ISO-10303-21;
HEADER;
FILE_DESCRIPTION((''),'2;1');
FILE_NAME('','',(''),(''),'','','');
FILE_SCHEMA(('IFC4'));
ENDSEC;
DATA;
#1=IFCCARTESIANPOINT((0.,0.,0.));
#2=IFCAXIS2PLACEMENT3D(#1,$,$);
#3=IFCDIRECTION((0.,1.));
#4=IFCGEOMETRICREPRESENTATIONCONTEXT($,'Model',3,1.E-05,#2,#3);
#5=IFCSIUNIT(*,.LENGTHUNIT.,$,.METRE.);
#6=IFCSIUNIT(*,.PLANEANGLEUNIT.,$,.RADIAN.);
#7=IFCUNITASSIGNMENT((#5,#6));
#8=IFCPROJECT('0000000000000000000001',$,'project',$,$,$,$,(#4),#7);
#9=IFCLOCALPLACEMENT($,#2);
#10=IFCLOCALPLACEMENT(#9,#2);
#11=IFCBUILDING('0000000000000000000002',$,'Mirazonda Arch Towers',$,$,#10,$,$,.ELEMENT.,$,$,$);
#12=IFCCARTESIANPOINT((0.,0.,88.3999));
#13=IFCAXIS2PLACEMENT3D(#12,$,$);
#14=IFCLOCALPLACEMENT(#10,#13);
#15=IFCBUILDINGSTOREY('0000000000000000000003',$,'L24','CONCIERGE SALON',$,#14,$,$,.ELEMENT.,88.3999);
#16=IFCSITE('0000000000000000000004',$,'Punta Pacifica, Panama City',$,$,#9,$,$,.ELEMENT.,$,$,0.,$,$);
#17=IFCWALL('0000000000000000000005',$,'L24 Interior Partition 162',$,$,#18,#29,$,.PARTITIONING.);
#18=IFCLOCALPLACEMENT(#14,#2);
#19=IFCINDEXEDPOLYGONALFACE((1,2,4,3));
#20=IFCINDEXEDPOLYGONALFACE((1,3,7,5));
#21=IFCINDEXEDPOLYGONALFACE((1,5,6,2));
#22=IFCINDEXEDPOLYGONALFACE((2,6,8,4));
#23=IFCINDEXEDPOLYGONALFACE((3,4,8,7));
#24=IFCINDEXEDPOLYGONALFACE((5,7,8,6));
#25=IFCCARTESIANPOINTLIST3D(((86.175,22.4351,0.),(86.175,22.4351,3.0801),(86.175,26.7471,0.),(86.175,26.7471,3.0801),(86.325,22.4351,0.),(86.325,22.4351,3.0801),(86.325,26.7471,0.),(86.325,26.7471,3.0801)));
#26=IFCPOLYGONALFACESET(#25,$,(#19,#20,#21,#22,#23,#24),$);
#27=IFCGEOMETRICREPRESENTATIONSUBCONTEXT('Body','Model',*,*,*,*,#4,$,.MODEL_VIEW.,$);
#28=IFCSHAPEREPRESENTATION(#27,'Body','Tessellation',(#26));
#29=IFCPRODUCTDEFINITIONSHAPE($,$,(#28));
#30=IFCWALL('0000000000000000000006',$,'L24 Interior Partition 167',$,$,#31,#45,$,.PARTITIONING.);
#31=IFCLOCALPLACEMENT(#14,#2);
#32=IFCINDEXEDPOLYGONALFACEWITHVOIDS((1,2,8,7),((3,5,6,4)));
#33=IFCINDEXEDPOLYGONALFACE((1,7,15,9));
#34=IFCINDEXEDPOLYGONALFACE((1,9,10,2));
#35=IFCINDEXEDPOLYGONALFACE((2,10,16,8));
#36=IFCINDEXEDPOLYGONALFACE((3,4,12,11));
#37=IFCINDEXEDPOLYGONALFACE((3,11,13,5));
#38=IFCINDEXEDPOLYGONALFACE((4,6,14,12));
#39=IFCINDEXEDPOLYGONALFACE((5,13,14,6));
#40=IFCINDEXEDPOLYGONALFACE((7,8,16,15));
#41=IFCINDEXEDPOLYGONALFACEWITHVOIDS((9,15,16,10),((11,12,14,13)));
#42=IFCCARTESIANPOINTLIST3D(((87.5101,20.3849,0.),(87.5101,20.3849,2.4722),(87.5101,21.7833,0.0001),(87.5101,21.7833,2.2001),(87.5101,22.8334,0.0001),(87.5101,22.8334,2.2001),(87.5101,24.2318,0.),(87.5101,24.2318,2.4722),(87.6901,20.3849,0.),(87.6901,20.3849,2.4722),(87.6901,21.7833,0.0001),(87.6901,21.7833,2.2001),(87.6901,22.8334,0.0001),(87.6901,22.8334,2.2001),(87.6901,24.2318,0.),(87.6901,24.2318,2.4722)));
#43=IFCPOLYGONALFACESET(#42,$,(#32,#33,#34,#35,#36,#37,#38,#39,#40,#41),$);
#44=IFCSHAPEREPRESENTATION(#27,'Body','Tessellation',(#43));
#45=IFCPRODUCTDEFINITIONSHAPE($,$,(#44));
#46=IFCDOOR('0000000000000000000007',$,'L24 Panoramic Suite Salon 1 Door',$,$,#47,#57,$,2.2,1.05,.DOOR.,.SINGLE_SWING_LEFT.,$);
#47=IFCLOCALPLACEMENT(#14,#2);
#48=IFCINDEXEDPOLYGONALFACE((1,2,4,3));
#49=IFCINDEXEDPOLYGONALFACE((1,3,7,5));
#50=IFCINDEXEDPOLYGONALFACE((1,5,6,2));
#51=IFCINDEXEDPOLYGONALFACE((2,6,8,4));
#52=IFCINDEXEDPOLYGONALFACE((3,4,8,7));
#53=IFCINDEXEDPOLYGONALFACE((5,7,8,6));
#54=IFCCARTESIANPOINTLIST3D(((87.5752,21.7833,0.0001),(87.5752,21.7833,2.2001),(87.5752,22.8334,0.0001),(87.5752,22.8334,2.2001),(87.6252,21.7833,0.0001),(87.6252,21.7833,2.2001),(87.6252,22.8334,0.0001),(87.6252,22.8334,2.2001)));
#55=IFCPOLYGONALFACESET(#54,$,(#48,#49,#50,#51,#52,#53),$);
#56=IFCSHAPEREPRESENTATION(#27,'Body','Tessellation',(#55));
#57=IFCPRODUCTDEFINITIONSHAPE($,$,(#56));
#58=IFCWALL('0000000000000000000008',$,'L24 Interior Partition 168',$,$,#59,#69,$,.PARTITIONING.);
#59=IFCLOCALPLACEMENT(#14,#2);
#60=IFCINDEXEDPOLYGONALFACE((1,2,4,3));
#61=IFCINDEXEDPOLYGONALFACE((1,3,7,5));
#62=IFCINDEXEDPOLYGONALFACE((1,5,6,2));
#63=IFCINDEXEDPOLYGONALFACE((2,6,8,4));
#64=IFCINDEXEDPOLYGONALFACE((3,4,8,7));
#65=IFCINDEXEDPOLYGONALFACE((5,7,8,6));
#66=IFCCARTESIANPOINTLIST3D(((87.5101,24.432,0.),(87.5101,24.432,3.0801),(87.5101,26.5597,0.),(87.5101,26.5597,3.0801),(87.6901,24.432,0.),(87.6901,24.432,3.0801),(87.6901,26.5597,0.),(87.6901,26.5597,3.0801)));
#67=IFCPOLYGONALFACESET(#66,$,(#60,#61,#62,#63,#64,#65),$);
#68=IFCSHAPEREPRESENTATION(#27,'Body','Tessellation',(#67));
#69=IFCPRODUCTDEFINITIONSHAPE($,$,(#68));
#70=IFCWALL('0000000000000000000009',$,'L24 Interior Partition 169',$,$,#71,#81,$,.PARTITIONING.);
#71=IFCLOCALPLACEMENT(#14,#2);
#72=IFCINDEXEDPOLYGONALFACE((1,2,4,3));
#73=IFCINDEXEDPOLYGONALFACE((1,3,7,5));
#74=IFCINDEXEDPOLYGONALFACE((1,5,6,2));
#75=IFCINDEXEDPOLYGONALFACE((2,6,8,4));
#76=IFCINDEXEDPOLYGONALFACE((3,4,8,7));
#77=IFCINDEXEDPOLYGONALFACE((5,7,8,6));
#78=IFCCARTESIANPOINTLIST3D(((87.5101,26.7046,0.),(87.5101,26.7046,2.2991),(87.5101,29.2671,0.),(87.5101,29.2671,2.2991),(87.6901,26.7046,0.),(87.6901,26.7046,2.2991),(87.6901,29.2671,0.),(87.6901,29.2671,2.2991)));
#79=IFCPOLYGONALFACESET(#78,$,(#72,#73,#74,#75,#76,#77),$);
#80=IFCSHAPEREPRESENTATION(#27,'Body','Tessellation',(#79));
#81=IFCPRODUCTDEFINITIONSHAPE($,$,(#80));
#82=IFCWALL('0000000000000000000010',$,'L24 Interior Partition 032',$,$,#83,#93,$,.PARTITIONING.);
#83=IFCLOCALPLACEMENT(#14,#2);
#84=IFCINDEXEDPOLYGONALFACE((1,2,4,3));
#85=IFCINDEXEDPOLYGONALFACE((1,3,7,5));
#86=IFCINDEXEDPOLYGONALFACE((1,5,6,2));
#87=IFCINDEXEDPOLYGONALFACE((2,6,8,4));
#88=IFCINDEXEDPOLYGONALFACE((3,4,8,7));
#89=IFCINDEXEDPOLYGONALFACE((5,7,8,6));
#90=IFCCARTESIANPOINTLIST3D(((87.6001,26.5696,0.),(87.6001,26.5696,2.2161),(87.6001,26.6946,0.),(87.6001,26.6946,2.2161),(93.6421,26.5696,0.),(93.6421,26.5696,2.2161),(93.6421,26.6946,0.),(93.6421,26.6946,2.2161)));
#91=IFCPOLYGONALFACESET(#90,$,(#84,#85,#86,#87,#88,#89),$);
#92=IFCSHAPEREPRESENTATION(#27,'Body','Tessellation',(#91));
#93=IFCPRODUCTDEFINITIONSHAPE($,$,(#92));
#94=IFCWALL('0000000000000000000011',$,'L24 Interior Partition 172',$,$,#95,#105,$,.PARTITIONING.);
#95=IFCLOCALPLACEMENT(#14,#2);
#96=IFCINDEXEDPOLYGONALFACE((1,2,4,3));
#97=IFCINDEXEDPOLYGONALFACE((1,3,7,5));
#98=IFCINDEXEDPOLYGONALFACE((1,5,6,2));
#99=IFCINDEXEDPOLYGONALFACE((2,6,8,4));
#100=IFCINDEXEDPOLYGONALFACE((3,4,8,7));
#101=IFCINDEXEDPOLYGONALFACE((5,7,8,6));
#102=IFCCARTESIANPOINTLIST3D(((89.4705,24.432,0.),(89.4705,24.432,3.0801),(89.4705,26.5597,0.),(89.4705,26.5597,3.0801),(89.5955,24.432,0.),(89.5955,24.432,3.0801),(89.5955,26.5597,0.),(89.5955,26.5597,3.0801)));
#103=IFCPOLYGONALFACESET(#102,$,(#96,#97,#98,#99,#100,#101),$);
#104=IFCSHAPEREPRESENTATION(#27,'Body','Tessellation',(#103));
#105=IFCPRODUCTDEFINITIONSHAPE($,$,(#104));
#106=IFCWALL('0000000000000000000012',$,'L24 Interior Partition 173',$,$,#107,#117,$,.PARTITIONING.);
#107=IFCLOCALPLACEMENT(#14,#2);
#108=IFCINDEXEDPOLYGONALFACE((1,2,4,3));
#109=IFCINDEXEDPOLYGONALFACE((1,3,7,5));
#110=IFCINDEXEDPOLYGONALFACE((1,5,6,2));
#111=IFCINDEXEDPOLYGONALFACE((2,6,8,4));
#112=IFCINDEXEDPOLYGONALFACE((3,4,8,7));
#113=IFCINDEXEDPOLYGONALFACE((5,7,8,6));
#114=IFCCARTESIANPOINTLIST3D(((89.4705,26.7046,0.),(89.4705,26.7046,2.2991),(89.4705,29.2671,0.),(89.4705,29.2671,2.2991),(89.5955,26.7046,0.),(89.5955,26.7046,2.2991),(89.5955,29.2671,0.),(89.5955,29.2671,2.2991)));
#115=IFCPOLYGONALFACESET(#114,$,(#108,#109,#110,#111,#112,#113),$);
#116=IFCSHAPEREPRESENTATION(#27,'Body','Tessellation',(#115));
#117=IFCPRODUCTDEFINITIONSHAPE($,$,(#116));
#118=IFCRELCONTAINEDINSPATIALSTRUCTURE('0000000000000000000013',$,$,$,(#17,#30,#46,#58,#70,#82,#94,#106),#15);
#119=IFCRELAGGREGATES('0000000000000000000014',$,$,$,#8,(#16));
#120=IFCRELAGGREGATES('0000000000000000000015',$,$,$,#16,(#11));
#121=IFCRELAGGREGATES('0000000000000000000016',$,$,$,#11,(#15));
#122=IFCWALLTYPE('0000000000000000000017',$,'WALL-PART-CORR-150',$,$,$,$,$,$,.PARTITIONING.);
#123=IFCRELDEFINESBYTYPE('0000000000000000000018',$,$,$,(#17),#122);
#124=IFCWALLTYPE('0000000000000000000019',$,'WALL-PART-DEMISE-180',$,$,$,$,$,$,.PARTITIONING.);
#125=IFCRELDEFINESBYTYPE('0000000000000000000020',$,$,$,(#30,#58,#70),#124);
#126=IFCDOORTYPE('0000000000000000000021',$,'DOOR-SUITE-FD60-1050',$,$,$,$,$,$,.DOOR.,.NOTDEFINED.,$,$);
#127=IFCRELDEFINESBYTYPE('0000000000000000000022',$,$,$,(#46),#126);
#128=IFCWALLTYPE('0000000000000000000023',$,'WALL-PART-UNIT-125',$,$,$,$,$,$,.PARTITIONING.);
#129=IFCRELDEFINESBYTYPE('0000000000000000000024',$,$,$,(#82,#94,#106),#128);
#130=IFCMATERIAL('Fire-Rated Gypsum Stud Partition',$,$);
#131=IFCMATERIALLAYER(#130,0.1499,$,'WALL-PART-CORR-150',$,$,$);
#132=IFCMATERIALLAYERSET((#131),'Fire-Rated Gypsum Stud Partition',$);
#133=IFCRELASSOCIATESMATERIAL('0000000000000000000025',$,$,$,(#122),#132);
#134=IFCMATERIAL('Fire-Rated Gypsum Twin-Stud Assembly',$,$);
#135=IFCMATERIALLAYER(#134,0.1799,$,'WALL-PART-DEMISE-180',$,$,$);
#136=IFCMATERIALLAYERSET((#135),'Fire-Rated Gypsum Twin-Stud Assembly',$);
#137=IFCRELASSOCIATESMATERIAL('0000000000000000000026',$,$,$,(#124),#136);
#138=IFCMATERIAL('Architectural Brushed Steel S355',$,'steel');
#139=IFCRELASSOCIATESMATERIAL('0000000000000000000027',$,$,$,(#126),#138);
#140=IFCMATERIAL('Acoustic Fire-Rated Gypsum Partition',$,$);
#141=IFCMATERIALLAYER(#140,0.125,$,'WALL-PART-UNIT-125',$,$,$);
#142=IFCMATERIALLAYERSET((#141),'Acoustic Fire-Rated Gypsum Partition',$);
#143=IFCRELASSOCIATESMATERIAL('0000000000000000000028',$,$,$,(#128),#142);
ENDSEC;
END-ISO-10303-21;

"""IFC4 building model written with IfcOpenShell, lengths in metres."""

from ifc_helpers import new_model, si_unit, direction, frame, frame_2d, origin, place, context, subcontext, project, spatial, rectangle, extrude, material, layer, layer_set, type_object, element, fill, save


model = new_model("IFC4")

# Units and contexts
model_context = context("Model", 3, precision=1e-05, world=origin(), true_north=direction((0.0, 1.0)))
body_context = subcontext(model_context, "Body", "Model", "MODEL_VIEW")
ifc_project = project(units=[si_unit("LENGTHUNIT", "METRE"), si_unit("PLANEANGLEUNIT", "RADIAN")], contexts=[model_context])

# Site, building, storey
site_placement = place(None, origin())
site = spatial("IfcSite", under=ifc_project, at=site_placement, Name="Punta Pacifica, Panama City", CompositionType="ELEMENT", RefElevation=0.0)
building_placement = place(site_placement, origin())
building = spatial("IfcBuilding", under=site, at=building_placement, Name="Mirazonda Arch Towers", CompositionType="ELEMENT")
storey_placement = place(building_placement, frame((0.0, 0.0, 88.3999)))
storey = spatial("IfcBuildingStorey", under=building, at=storey_placement, Name="L24", Description="CONCIERGE SALON", CompositionType="ELEMENT", Elevation=88.3999)

# Wall
ifc_material_1 = material(Name="Fire-Rated Gypsum Stud Partition")
ifc_layer_1 = layer(ifc_material_1, 0.1499, Name="WALL-PART-CORR-150")
ifc_layer_set_1 = layer_set([ifc_layer_1], Name="Fire-Rated Gypsum Stud Partition")
wall_type_1 = type_object("IfcWallType", Name="WALL-PART-CORR-150", PredefinedType="PARTITIONING", material=ifc_layer_set_1)
wall_1_placement = place(storey_placement, frame((86.25, 22.4351, 0.0), z_axis=(0.0, 0.0, 1.0), x_axis=(0.0, 1.0, 0.0)))
element("IfcWall", 1, at=wall_1_placement, inside=storey, type_object=wall_type_1, Name="L24 Interior Partition 162", PredefinedType="PARTITIONING", context=body_context, shape_type="SweptSolid", body=[
    extrude(rectangle(XDim=4.312, YDim=0.1499, at=frame_2d((2.156, 0.0))), origin(), (0.0, 0.0, 1.0), 3.0801),
])

# Shared definitions
ifc_material_2 = material(Name="Fire-Rated Gypsum Twin-Stud Assembly")
ifc_layer_2 = layer(ifc_material_2, 0.1799, Name="WALL-PART-DEMISE-180")
ifc_layer_set_2 = layer_set([ifc_layer_2], Name="Fire-Rated Gypsum Twin-Stud Assembly")
wall_type_2 = type_object("IfcWallType", Name="WALL-PART-DEMISE-180", PredefinedType="PARTITIONING", material=ifc_layer_set_2)
ifc_material_3 = material(Name="Architectural Brushed Steel S355", Category="steel")

# Wall, opening, door
wall_2_placement = place(storey_placement, frame((87.6001, 20.385, 0.0), z_axis=(0.0, 0.0, 1.0), x_axis=(0.0, 1.0, 0.0)))
wall_2 = element("IfcWall", 2, at=wall_2_placement, inside=storey, type_object=wall_type_2, Name="L24 Interior Partition 167", PredefinedType="PARTITIONING", context=body_context, shape_type="SweptSolid", body=[
    extrude(rectangle(XDim=3.8469, YDim=0.1799, at=frame_2d((1.9233, 0.0))), origin(), (0.0, 0.0, 1.0), 2.4722),
])
opening_1_placement = place(wall_2_placement, frame((1.3984, 0.0, 0.0)))
opening_1 = element("IfcOpeningElement", 3, at=opening_1_placement, cuts=wall_2, PredefinedType="OPENING", context=body_context, shape_type="SweptSolid", body=[
    extrude(rectangle(XDim=1.05, YDim=2.2, at=frame_2d((0.5249, 1.1001))), frame((0.0, 0.0999, 0.0), z_axis=(0.0, -1.0, 0.0), x_axis=(1.0, 0.0, 0.0)), (0.0, 0.0, 1.0), 0.2),
])
door_type_1 = type_object("IfcDoorType", Name="DOOR-SUITE-FD60-1050", OperationType="NOTDEFINED", PredefinedType="DOOR", material=ifc_material_3)
door_1_placement = place(opening_1_placement, origin())
door_1 = element("IfcDoor", 4, at=door_1_placement, inside=storey, type_object=door_type_1, Name="L24 Panoramic Suite Salon 1 Door", OperationType="SINGLE_SWING_LEFT", OverallHeight=2.2, OverallWidth=1.05, PredefinedType="DOOR", context=body_context, shape_type="SweptSolid", body=[
    extrude(rectangle(XDim=1.05, YDim=2.2, at=frame_2d((0.5249, 1.1001))), frame((0.0, 0.0249, 0.0), z_axis=(0.0, -1.0, 0.0), x_axis=(1.0, 0.0, 0.0)), (0.0, 0.0, 1.0), 0.05),
])
fill(opening_1, door_1)

# Walls
wall_3_placement = place(storey_placement, frame((87.6001, 24.4319, 0.0), z_axis=(0.0, 0.0, 1.0), x_axis=(0.0, 1.0, 0.0)))
element("IfcWall", 5, at=wall_3_placement, inside=storey, type_object=wall_type_2, Name="L24 Interior Partition 168", PredefinedType="PARTITIONING", context=body_context, shape_type="SweptSolid", body=[
    extrude(rectangle(XDim=2.1277, YDim=0.1799, at=frame_2d((1.064, 0.0))), origin(), (0.0, 0.0, 1.0), 3.0801),
])
wall_4_placement = place(storey_placement, frame((87.6001, 26.7046, 0.0), z_axis=(0.0, 0.0, 1.0), x_axis=(0.0, 1.0, 0.0)))
element("IfcWall", 6, at=wall_4_placement, inside=storey, type_object=wall_type_2, Name="L24 Interior Partition 169", PredefinedType="PARTITIONING", context=body_context, shape_type="SweptSolid", body=[
    extrude(rectangle(XDim=2.5625, YDim=0.1799, at=frame_2d((1.2812, 0.0))), origin(), (0.0, 0.0, 1.0), 2.2991),
])
ifc_material_4 = material(Name="Acoustic Fire-Rated Gypsum Partition")
ifc_layer_3 = layer(ifc_material_4, 0.125, Name="WALL-PART-UNIT-125")
ifc_layer_set_3 = layer_set([ifc_layer_3], Name="Acoustic Fire-Rated Gypsum Partition")
wall_type_3 = type_object("IfcWallType", Name="WALL-PART-UNIT-125", PredefinedType="PARTITIONING", material=ifc_layer_set_3)
wall_5_placement = place(storey_placement, frame((87.6001, 26.6321, 0.0), z_axis=(0.0, 0.0, 1.0), x_axis=(1.0, 0.0, 0.0)))
element("IfcWall", 7, at=wall_5_placement, inside=storey, type_object=wall_type_3, Name="L24 Interior Partition 032", PredefinedType="PARTITIONING", context=body_context, shape_type="SweptSolid", body=[
    extrude(rectangle(XDim=6.042, YDim=0.125, at=frame_2d((3.021, 0.0))), origin(), (0.0, 0.0, 1.0), 2.2161),
])
wall_6_placement = place(storey_placement, frame((89.533, 24.4319, 0.0), z_axis=(0.0, 0.0, 1.0), x_axis=(0.0, 1.0, 0.0)))
element("IfcWall", 8, at=wall_6_placement, inside=storey, type_object=wall_type_3, Name="L24 Interior Partition 172", PredefinedType="PARTITIONING", context=body_context, shape_type="SweptSolid", body=[
    extrude(rectangle(XDim=2.1277, YDim=0.125, at=frame_2d((1.064, 0.0))), origin(), (0.0, 0.0, 1.0), 3.0801),
])
wall_7_placement = place(storey_placement, frame((89.533, 26.7046, 0.0), z_axis=(0.0, 0.0, 1.0), x_axis=(0.0, 1.0, 0.0)))
element("IfcWall", 9, at=wall_7_placement, inside=storey, type_object=wall_type_3, Name="L24 Interior Partition 173", PredefinedType="PARTITIONING", context=body_context, shape_type="SweptSolid", body=[
    extrude(rectangle(XDim=2.5625, YDim=0.125, at=frame_2d((1.2812, 0.0))), origin(), (0.0, 0.0, 1.0), 2.2991),
])

save(model, "model.ifc")
